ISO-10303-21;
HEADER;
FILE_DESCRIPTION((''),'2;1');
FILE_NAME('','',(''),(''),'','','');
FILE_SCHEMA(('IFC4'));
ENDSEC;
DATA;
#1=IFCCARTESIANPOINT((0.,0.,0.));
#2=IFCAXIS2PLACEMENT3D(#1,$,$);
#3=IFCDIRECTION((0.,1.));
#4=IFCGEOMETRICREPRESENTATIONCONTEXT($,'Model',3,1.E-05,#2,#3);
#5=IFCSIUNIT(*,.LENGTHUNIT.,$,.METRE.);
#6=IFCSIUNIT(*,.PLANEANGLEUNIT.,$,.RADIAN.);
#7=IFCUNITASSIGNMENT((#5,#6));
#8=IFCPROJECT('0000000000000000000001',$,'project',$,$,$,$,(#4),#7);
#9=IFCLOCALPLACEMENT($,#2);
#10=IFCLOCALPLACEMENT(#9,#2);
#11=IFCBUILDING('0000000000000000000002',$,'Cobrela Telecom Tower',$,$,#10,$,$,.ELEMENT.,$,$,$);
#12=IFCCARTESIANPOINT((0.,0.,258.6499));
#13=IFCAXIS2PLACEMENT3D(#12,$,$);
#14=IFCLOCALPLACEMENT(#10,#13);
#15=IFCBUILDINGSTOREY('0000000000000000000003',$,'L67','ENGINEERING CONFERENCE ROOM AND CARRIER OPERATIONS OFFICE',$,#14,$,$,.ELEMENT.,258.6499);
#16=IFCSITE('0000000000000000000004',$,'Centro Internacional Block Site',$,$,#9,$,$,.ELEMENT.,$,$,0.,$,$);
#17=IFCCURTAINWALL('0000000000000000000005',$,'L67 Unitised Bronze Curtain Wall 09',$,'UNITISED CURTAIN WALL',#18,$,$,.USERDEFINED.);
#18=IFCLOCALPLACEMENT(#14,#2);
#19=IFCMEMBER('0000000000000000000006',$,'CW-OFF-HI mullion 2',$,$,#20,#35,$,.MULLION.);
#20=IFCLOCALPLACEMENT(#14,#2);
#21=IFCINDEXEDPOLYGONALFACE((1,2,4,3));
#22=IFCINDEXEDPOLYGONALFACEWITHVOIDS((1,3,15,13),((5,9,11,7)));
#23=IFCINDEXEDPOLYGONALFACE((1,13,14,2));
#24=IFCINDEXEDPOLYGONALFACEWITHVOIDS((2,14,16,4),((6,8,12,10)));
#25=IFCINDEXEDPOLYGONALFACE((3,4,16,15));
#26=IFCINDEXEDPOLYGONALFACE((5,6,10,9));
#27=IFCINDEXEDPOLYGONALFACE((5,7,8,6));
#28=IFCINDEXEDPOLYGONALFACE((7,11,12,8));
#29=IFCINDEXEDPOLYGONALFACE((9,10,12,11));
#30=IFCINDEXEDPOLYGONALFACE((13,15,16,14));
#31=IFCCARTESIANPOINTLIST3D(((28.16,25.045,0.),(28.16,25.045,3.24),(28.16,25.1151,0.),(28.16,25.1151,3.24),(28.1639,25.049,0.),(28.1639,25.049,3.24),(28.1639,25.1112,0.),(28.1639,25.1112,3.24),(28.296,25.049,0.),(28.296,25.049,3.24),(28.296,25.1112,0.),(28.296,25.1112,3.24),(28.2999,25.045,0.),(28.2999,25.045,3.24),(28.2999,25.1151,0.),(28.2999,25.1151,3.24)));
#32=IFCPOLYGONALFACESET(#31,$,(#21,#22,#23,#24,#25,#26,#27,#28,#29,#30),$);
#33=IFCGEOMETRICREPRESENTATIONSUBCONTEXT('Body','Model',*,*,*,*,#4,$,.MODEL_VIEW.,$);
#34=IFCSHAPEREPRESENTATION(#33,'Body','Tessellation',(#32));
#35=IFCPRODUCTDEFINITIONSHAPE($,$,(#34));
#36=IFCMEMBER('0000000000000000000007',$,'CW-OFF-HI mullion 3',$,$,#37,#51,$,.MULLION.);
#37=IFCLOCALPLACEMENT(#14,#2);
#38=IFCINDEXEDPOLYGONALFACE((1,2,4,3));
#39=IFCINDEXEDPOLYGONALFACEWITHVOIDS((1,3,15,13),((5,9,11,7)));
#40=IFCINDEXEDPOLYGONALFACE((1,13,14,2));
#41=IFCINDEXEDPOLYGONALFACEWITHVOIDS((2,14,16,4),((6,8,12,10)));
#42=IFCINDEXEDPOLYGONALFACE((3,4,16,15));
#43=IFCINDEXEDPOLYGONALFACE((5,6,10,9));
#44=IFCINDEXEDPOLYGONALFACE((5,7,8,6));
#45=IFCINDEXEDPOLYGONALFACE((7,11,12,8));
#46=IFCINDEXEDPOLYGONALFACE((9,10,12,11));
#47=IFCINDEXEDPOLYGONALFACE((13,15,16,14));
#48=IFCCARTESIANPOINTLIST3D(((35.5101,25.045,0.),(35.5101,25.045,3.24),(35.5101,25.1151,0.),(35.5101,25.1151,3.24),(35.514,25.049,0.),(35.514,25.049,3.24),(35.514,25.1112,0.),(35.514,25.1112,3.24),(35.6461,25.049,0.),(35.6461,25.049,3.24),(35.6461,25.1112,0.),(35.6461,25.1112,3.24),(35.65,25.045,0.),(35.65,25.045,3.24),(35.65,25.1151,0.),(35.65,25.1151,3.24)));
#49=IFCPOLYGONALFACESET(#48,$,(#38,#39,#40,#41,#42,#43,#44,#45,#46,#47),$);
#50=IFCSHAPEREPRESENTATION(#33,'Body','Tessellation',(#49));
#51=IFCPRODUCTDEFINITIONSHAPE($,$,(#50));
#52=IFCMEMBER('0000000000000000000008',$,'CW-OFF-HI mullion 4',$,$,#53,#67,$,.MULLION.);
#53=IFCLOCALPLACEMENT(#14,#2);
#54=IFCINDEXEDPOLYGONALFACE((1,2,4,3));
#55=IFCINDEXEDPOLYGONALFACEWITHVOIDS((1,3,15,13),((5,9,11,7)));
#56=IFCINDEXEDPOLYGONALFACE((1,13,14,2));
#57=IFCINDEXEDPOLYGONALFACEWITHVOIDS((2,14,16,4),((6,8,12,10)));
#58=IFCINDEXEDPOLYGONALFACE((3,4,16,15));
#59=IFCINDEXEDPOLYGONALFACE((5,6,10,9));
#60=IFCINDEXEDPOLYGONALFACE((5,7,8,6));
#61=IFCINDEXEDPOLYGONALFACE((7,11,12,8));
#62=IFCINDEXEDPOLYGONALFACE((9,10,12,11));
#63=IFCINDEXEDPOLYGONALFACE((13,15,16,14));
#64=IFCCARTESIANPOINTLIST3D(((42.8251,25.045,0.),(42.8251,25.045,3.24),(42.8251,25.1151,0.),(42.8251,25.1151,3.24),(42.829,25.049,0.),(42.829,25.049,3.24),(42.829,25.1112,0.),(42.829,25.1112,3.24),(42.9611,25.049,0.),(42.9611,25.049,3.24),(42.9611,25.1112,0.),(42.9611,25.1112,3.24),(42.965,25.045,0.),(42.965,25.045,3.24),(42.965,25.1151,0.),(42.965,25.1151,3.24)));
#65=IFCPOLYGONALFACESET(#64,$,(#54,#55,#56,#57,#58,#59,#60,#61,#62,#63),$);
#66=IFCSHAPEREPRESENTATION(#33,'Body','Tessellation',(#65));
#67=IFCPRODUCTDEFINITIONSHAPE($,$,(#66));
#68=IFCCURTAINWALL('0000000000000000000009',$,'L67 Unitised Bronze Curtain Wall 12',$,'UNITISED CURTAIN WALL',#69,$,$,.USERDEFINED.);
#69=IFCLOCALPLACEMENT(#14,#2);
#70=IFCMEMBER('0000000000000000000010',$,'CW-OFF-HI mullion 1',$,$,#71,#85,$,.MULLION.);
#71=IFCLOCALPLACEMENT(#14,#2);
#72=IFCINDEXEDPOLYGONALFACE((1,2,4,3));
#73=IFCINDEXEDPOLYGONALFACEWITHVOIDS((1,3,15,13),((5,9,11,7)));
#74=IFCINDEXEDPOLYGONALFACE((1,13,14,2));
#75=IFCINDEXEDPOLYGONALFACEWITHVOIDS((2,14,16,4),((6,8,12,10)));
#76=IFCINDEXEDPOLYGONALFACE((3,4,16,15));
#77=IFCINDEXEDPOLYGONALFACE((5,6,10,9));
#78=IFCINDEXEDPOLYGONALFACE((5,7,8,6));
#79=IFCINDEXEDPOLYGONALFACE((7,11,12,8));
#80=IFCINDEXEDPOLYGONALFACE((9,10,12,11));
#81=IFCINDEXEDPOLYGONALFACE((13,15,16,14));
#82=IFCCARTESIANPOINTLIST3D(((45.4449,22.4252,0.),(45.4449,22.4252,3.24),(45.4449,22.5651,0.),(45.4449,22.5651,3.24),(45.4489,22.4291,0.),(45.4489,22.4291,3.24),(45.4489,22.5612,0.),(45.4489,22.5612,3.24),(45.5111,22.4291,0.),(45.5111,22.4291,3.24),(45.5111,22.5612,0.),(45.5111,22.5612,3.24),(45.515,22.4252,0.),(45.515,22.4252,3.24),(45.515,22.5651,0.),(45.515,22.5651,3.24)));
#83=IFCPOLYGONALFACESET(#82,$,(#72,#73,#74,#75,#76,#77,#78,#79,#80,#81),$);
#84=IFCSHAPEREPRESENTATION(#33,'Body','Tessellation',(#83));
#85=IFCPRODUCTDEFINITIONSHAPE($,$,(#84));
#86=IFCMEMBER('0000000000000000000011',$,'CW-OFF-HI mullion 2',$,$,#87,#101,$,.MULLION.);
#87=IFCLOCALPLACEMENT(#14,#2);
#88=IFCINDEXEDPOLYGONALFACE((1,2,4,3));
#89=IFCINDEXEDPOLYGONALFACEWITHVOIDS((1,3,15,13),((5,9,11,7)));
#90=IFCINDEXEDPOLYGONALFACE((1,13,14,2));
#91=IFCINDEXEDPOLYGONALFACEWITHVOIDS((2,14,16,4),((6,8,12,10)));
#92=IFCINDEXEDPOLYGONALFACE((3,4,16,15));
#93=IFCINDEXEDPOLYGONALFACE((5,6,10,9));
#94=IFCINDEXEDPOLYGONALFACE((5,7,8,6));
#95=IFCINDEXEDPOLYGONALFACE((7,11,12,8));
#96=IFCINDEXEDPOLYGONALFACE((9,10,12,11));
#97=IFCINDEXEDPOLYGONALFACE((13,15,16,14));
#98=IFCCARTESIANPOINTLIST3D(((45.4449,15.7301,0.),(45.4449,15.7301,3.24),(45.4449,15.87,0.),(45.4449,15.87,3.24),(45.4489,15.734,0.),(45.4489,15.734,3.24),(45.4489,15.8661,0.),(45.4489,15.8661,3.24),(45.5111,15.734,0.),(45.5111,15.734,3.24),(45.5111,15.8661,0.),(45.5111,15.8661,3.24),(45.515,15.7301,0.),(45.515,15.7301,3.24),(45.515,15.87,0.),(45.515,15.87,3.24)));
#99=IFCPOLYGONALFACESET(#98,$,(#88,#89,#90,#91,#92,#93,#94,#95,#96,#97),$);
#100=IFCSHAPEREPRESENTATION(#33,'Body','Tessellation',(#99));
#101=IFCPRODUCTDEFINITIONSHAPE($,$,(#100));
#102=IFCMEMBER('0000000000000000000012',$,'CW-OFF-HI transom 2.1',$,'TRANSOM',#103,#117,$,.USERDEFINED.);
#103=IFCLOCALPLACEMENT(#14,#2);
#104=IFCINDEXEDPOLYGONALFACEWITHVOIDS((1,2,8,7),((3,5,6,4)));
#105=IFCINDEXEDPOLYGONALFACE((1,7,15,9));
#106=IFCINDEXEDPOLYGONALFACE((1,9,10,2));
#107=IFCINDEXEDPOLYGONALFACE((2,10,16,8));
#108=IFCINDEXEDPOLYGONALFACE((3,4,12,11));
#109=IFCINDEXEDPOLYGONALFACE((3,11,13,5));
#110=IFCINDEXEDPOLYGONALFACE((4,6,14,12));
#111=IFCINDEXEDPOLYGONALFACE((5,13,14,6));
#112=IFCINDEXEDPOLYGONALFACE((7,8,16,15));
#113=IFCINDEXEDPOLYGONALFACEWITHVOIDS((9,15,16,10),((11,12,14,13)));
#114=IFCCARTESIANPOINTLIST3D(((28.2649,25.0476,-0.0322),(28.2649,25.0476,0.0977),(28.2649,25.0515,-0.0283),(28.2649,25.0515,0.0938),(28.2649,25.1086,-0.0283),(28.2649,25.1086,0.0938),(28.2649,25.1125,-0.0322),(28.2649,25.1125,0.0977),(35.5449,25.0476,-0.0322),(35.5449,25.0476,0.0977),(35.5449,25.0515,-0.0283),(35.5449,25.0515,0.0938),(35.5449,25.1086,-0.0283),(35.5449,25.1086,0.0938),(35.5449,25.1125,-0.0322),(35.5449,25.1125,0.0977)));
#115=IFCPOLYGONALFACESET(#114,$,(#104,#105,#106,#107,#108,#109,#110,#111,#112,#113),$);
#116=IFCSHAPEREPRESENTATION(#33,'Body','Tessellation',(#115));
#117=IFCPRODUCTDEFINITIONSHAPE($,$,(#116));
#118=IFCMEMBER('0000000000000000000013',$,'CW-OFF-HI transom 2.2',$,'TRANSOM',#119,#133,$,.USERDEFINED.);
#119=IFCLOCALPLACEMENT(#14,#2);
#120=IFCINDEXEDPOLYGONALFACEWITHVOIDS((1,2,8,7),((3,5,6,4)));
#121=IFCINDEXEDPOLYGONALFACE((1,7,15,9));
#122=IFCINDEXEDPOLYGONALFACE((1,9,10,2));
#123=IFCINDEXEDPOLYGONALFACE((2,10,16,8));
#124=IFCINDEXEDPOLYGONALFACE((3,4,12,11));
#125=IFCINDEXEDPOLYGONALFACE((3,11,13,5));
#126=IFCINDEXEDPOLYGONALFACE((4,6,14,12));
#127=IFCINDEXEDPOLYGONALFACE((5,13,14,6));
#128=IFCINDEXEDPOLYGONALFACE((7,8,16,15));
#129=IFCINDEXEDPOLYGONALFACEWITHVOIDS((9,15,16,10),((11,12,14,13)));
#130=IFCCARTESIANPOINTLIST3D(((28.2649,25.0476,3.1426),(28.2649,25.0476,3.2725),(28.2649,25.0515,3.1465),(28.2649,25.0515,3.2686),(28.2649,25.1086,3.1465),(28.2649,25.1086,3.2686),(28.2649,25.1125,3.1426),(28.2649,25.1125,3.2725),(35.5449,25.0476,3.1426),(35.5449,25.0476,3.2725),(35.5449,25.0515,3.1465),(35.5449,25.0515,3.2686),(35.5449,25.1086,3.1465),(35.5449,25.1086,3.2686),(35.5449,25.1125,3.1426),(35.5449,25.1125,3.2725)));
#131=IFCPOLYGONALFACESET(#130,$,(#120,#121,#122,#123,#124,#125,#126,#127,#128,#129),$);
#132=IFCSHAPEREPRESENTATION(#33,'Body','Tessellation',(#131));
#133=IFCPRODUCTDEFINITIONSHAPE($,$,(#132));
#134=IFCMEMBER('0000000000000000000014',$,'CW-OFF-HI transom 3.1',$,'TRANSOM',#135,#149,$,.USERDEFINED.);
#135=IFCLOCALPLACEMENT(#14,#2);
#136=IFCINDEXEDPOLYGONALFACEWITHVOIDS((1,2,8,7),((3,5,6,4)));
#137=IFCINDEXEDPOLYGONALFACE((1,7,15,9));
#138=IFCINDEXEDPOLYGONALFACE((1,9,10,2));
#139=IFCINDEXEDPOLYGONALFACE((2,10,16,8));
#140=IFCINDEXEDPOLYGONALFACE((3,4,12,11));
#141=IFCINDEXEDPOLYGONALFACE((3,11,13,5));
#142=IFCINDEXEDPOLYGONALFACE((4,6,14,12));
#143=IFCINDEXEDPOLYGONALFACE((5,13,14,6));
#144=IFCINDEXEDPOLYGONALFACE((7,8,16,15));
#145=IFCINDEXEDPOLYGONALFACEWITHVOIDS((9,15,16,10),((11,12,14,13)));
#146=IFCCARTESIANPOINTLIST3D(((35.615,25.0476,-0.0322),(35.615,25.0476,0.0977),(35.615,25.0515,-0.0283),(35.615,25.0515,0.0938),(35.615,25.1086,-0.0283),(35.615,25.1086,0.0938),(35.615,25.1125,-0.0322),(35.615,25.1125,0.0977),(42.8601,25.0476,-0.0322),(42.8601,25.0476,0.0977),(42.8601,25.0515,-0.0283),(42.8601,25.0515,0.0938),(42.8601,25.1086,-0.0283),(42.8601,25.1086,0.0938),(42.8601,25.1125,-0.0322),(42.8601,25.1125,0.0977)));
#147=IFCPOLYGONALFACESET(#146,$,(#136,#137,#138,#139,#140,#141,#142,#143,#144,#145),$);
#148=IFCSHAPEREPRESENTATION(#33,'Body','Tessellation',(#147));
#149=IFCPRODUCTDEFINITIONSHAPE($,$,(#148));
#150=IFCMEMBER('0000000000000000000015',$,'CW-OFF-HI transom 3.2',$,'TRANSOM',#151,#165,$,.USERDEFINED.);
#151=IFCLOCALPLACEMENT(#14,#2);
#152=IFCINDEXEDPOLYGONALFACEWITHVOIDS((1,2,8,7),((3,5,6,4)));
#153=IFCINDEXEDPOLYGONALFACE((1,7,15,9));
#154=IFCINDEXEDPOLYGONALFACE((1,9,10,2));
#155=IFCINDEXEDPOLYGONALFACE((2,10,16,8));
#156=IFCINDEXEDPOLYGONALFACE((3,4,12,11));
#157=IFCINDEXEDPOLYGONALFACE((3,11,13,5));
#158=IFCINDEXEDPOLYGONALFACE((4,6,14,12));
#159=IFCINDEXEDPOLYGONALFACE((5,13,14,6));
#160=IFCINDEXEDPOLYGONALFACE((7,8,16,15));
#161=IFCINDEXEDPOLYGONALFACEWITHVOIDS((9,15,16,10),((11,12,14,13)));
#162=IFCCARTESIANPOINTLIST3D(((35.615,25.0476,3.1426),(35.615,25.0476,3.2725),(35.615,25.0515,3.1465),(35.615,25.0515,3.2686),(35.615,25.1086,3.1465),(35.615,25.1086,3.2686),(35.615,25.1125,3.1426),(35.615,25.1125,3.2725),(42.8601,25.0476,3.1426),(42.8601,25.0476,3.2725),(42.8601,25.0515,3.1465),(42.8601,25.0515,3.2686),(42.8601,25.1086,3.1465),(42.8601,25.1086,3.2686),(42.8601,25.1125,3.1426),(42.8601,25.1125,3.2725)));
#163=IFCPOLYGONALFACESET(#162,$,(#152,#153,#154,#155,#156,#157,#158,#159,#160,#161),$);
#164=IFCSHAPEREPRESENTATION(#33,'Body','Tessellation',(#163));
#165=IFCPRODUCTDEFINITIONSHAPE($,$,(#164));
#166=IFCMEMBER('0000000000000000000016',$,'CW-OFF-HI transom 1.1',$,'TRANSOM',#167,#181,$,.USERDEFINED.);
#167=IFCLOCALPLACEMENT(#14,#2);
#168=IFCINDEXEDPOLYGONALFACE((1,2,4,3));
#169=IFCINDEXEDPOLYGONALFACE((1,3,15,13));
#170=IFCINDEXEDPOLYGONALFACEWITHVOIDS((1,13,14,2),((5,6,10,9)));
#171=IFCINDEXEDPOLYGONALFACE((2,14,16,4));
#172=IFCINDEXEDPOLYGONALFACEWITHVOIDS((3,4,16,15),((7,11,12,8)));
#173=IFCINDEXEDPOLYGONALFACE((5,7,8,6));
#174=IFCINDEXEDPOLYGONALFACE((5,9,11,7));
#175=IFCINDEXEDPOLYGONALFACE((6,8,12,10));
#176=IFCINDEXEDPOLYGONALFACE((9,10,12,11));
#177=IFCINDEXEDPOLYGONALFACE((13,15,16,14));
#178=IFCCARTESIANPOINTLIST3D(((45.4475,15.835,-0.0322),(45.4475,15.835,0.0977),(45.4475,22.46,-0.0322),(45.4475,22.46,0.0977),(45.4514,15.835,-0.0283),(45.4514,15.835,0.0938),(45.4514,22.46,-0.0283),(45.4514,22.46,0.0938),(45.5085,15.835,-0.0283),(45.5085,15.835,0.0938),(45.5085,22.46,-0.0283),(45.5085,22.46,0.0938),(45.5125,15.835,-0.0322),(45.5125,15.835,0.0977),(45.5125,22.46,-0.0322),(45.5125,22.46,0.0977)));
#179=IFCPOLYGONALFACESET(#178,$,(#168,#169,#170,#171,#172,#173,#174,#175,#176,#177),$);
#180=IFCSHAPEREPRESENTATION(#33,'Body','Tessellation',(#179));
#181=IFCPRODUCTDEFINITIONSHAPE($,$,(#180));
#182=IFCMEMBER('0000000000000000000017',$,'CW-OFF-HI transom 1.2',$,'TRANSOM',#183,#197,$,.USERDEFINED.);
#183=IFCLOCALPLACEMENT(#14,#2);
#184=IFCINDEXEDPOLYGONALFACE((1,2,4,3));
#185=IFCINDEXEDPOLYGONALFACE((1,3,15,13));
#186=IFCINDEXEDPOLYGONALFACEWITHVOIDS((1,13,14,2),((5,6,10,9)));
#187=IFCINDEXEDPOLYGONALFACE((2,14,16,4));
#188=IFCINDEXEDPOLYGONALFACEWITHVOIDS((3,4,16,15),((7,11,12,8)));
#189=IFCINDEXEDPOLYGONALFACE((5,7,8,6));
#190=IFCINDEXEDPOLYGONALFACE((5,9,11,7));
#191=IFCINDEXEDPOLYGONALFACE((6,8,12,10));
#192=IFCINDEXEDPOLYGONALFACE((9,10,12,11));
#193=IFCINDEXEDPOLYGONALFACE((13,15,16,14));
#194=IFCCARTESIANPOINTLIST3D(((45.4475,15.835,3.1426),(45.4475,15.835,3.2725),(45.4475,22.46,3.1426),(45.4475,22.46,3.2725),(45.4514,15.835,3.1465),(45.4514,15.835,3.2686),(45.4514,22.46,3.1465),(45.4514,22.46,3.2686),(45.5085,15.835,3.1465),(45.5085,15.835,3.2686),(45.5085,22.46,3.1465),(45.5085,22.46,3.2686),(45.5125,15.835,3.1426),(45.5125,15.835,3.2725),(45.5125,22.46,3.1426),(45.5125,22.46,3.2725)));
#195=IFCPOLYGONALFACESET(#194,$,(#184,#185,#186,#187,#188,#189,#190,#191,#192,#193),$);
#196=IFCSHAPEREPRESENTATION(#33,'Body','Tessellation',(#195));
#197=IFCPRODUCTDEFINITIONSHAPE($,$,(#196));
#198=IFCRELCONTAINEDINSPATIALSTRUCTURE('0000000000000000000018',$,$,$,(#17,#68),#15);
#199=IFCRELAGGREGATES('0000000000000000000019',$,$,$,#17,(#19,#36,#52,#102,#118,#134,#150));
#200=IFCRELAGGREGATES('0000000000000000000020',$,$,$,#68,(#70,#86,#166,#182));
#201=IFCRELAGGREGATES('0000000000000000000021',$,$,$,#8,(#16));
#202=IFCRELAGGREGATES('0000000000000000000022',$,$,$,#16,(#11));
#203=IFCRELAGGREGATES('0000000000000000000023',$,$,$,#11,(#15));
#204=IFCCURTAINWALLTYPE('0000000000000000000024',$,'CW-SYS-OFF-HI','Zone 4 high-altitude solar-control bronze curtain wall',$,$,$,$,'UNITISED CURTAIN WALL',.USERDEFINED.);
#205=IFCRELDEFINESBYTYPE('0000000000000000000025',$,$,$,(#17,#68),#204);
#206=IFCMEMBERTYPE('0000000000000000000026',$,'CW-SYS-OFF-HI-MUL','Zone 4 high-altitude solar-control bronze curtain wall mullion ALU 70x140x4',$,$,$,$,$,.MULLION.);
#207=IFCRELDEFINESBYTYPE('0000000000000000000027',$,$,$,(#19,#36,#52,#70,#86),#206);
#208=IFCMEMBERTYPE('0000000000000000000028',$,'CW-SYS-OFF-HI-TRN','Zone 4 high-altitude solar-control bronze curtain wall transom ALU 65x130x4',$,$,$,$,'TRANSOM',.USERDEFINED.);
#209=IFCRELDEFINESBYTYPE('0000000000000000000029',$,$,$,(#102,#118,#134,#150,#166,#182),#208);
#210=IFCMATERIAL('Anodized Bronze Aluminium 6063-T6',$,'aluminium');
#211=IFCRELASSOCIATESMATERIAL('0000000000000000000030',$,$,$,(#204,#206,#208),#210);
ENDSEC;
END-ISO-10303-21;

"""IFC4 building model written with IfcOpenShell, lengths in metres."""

from ifc_helpers import new_model, si_unit, direction, frame, origin, origin_2d, place, context, subcontext, project, spatial, hollow_rectangle, extrude, material, material_profile, profile_set, type_object, element, aggregate, save


model = new_model("IFC4")

# Units and contexts
model_context = context("Model", 3, precision=1e-05, world=origin(), true_north=direction((0.0, 1.0)))
body_context = subcontext(model_context, "Body", "Model", "MODEL_VIEW")
ifc_project = project(units=[si_unit("LENGTHUNIT", "METRE"), si_unit("PLANEANGLEUNIT", "RADIAN")], contexts=[model_context])

# Site, building, storey
site_placement = place(None, origin())
site = spatial("IfcSite", under=ifc_project, at=site_placement, Name="Centro Internacional Block Site", CompositionType="ELEMENT", RefElevation=0.0)
building_placement = place(site_placement, origin())
building = spatial("IfcBuilding", under=site, at=building_placement, Name="Cobrela Telecom Tower", CompositionType="ELEMENT")
storey_placement = place(building_placement, frame((0.0, 0.0, 258.6499)))
storey = spatial("IfcBuildingStorey", under=building, at=storey_placement, Name="L67", Description="ENGINEERING CONFERENCE ROOM AND CARRIER OPERATIONS OFFICE", CompositionType="ELEMENT", Elevation=258.6499)

# Curtain walls, members
ifc_material_1 = material(Name="Anodized Bronze Aluminium 6063-T6", Category="aluminium")
curtain_wall_type = type_object("IfcCurtainWallType", Name="CW-SYS-OFF-HI", Description="Zone 4 high-altitude solar-control bronze curtain wall", ElementType="UNITISED CURTAIN WALL", PredefinedType="USERDEFINED", material=ifc_material_1)
curtain_wall_1_placement = place(storey_placement, origin())
curtain_wall_1 = element("IfcCurtainWall", 1, at=curtain_wall_1_placement, inside=storey, type_object=curtain_wall_type, Name="L67 Unitised Bronze Curtain Wall 09", ObjectType="UNITISED CURTAIN WALL", PredefinedType="USERDEFINED")
ifc_material_profile_1 = material_profile(ifc_material_1, hollow_rectangle(XDim=0.0701, YDim=0.1399, WallThickness=0.0039, at=origin_2d()), Name="ALU 70x140x4")
ifc_profile_set_1 = profile_set([ifc_material_profile_1], Name="Anodized Bronze Aluminium 6063-T6")
member_type_1 = type_object("IfcMemberType", Name="CW-SYS-OFF-HI-MUL", Description="Zone 4 high-altitude solar-control bronze curtain wall mullion ALU 70x140x4", PredefinedType="MULLION", material=ifc_profile_set_1)
member_1_placement = place(storey_placement, frame((28.23, 25.0801, 0.0), z_axis=(0.0, 0.0, 1.0), x_axis=(0.0, 1.0, 0.0)))
member_1 = element("IfcMember", 2, at=member_1_placement, type_object=member_type_1, Name="CW-OFF-HI mullion 2", PredefinedType="MULLION", context=body_context, shape_type="SweptSolid", body=[
    extrude(hollow_rectangle(XDim=0.0701, YDim=0.1399, WallThickness=0.0039, at=origin_2d()), origin(), (0.0, 0.0, 1.0), 3.24),
])
member_2_placement = place(storey_placement, frame((35.5801, 25.0801, 0.0), z_axis=(0.0, 0.0, 1.0), x_axis=(0.0, 1.0, 0.0)))
member_2 = element("IfcMember", 3, at=member_2_placement, type_object=member_type_1, Name="CW-OFF-HI mullion 3", PredefinedType="MULLION", context=body_context, shape_type="SweptSolid", body=[
    extrude(hollow_rectangle(XDim=0.0701, YDim=0.1399, WallThickness=0.0039, at=origin_2d()), origin(), (0.0, 0.0, 1.0), 3.24),
])
member_3_placement = place(storey_placement, frame((42.895, 25.0801, 0.0), z_axis=(0.0, 0.0, 1.0), x_axis=(0.0, 1.0, 0.0)))
member_3 = element("IfcMember", 4, at=member_3_placement, type_object=member_type_1, Name="CW-OFF-HI mullion 4", PredefinedType="MULLION", context=body_context, shape_type="SweptSolid", body=[
    extrude(hollow_rectangle(XDim=0.0701, YDim=0.1399, WallThickness=0.0039, at=origin_2d()), origin(), (0.0, 0.0, 1.0), 3.24),
])
curtain_wall_2_placement = place(storey_placement, origin())
curtain_wall_2 = element("IfcCurtainWall", 5, at=curtain_wall_2_placement, inside=storey, type_object=curtain_wall_type, Name="L67 Unitised Bronze Curtain Wall 12", ObjectType="UNITISED CURTAIN WALL", PredefinedType="USERDEFINED")
member_4_placement = place(storey_placement, frame((45.48, 22.4951, 0.0), z_axis=(0.0, 0.0, 1.0), x_axis=(1.0, 0.0, 0.0)))
member_4 = element("IfcMember", 6, at=member_4_placement, type_object=member_type_1, Name="CW-OFF-HI mullion 1", PredefinedType="MULLION", context=body_context, shape_type="SweptSolid", body=[
    extrude(hollow_rectangle(XDim=0.0701, YDim=0.1399, WallThickness=0.0039, at=origin_2d()), origin(), (0.0, 0.0, 1.0), 3.24),
])
member_5_placement = place(storey_placement, frame((45.48, 15.8, 0.0), z_axis=(0.0, 0.0, 1.0), x_axis=(1.0, 0.0, 0.0)))
member_5 = element("IfcMember", 7, at=member_5_placement, type_object=member_type_1, Name="CW-OFF-HI mullion 2", PredefinedType="MULLION", context=body_context, shape_type="SweptSolid", body=[
    extrude(hollow_rectangle(XDim=0.0701, YDim=0.1399, WallThickness=0.0039, at=origin_2d()), origin(), (0.0, 0.0, 1.0), 3.24),
])

# Members
ifc_material_profile_2 = material_profile(ifc_material_1, hollow_rectangle(XDim=0.0649, YDim=0.1299, WallThickness=0.0039, at=origin_2d()), Name="ALU 65x130x4")
ifc_profile_set_2 = profile_set([ifc_material_profile_2], Name="Anodized Bronze Aluminium 6063-T6")
member_type_2 = type_object("IfcMemberType", Name="CW-SYS-OFF-HI-TRN", Description="Zone 4 high-altitude solar-control bronze curtain wall transom ALU 65x130x4", ElementType="TRANSOM", PredefinedType="USERDEFINED", material=ifc_profile_set_2)
member_6_placement = place(storey_placement, frame((28.2649, 25.0801, 0.0327), z_axis=(1.0, 0.0, 0.0), x_axis=(0.0, 1.0, 0.0)))
member_6 = element("IfcMember", 8, at=member_6_placement, type_object=member_type_2, Name="CW-OFF-HI transom 2.1", ObjectType="TRANSOM", PredefinedType="USERDEFINED", context=body_context, shape_type="SweptSolid", body=[
    extrude(hollow_rectangle(XDim=0.0649, YDim=0.1299, WallThickness=0.0039, at=origin_2d()), origin(), (0.0, 0.0, 1.0), 7.28),
])
member_7_placement = place(storey_placement, frame((28.2649, 25.0801, 3.2075), z_axis=(1.0, 0.0, 0.0), x_axis=(0.0, 1.0, 0.0)))
member_7 = element("IfcMember", 9, at=member_7_placement, type_object=member_type_2, Name="CW-OFF-HI transom 2.2", ObjectType="TRANSOM", PredefinedType="USERDEFINED", context=body_context, shape_type="SweptSolid", body=[
    extrude(hollow_rectangle(XDim=0.0649, YDim=0.1299, WallThickness=0.0039, at=origin_2d()), origin(), (0.0, 0.0, 1.0), 7.28),
])
member_8_placement = place(storey_placement, frame((35.615, 25.0801, 0.0327), z_axis=(1.0, 0.0, 0.0), x_axis=(0.0, 1.0, 0.0)))
member_8 = element("IfcMember", 10, at=member_8_placement, type_object=member_type_2, Name="CW-OFF-HI transom 3.1", ObjectType="TRANSOM", PredefinedType="USERDEFINED", context=body_context, shape_type="SweptSolid", body=[
    extrude(hollow_rectangle(XDim=0.0649, YDim=0.1299, WallThickness=0.0039, at=origin_2d()), origin(), (0.0, 0.0, 1.0), 7.2451),
])
member_9_placement = place(storey_placement, frame((35.615, 25.0801, 3.2075), z_axis=(1.0, 0.0, 0.0), x_axis=(0.0, 1.0, 0.0)))
member_9 = element("IfcMember", 11, at=member_9_placement, type_object=member_type_2, Name="CW-OFF-HI transom 3.2", ObjectType="TRANSOM", PredefinedType="USERDEFINED", context=body_context, shape_type="SweptSolid", body=[
    extrude(hollow_rectangle(XDim=0.0649, YDim=0.1299, WallThickness=0.0039, at=origin_2d()), origin(), (0.0, 0.0, 1.0), 7.2451),
])
member_10_placement = place(storey_placement, frame((45.48, 22.46, 0.0327), z_axis=(0.0, -1.0, 0.0), x_axis=(1.0, 0.0, 0.0)))
member_10 = element("IfcMember", 12, at=member_10_placement, type_object=member_type_2, Name="CW-OFF-HI transom 1.1", ObjectType="TRANSOM", PredefinedType="USERDEFINED", context=body_context, shape_type="SweptSolid", body=[
    extrude(hollow_rectangle(XDim=0.0649, YDim=0.1299, WallThickness=0.0039, at=origin_2d()), origin(), (0.0, 0.0, 1.0), 6.625),
])
member_11_placement = place(storey_placement, frame((45.48, 22.46, 3.2075), z_axis=(0.0, -1.0, 0.0), x_axis=(1.0, 0.0, 0.0)))
member_11 = element("IfcMember", 13, at=member_11_placement, type_object=member_type_2, Name="CW-OFF-HI transom 1.2", ObjectType="TRANSOM", PredefinedType="USERDEFINED", context=body_context, shape_type="SweptSolid", body=[
    extrude(hollow_rectangle(XDim=0.0649, YDim=0.1299, WallThickness=0.0039, at=origin_2d()), origin(), (0.0, 0.0, 1.0), 6.625),
])

aggregate(curtain_wall_1, [member_1, member_2, member_3, member_6, member_7, member_8, member_9])
aggregate(curtain_wall_2, [member_4, member_5, member_10, member_11])

save(model, "model.ifc")
